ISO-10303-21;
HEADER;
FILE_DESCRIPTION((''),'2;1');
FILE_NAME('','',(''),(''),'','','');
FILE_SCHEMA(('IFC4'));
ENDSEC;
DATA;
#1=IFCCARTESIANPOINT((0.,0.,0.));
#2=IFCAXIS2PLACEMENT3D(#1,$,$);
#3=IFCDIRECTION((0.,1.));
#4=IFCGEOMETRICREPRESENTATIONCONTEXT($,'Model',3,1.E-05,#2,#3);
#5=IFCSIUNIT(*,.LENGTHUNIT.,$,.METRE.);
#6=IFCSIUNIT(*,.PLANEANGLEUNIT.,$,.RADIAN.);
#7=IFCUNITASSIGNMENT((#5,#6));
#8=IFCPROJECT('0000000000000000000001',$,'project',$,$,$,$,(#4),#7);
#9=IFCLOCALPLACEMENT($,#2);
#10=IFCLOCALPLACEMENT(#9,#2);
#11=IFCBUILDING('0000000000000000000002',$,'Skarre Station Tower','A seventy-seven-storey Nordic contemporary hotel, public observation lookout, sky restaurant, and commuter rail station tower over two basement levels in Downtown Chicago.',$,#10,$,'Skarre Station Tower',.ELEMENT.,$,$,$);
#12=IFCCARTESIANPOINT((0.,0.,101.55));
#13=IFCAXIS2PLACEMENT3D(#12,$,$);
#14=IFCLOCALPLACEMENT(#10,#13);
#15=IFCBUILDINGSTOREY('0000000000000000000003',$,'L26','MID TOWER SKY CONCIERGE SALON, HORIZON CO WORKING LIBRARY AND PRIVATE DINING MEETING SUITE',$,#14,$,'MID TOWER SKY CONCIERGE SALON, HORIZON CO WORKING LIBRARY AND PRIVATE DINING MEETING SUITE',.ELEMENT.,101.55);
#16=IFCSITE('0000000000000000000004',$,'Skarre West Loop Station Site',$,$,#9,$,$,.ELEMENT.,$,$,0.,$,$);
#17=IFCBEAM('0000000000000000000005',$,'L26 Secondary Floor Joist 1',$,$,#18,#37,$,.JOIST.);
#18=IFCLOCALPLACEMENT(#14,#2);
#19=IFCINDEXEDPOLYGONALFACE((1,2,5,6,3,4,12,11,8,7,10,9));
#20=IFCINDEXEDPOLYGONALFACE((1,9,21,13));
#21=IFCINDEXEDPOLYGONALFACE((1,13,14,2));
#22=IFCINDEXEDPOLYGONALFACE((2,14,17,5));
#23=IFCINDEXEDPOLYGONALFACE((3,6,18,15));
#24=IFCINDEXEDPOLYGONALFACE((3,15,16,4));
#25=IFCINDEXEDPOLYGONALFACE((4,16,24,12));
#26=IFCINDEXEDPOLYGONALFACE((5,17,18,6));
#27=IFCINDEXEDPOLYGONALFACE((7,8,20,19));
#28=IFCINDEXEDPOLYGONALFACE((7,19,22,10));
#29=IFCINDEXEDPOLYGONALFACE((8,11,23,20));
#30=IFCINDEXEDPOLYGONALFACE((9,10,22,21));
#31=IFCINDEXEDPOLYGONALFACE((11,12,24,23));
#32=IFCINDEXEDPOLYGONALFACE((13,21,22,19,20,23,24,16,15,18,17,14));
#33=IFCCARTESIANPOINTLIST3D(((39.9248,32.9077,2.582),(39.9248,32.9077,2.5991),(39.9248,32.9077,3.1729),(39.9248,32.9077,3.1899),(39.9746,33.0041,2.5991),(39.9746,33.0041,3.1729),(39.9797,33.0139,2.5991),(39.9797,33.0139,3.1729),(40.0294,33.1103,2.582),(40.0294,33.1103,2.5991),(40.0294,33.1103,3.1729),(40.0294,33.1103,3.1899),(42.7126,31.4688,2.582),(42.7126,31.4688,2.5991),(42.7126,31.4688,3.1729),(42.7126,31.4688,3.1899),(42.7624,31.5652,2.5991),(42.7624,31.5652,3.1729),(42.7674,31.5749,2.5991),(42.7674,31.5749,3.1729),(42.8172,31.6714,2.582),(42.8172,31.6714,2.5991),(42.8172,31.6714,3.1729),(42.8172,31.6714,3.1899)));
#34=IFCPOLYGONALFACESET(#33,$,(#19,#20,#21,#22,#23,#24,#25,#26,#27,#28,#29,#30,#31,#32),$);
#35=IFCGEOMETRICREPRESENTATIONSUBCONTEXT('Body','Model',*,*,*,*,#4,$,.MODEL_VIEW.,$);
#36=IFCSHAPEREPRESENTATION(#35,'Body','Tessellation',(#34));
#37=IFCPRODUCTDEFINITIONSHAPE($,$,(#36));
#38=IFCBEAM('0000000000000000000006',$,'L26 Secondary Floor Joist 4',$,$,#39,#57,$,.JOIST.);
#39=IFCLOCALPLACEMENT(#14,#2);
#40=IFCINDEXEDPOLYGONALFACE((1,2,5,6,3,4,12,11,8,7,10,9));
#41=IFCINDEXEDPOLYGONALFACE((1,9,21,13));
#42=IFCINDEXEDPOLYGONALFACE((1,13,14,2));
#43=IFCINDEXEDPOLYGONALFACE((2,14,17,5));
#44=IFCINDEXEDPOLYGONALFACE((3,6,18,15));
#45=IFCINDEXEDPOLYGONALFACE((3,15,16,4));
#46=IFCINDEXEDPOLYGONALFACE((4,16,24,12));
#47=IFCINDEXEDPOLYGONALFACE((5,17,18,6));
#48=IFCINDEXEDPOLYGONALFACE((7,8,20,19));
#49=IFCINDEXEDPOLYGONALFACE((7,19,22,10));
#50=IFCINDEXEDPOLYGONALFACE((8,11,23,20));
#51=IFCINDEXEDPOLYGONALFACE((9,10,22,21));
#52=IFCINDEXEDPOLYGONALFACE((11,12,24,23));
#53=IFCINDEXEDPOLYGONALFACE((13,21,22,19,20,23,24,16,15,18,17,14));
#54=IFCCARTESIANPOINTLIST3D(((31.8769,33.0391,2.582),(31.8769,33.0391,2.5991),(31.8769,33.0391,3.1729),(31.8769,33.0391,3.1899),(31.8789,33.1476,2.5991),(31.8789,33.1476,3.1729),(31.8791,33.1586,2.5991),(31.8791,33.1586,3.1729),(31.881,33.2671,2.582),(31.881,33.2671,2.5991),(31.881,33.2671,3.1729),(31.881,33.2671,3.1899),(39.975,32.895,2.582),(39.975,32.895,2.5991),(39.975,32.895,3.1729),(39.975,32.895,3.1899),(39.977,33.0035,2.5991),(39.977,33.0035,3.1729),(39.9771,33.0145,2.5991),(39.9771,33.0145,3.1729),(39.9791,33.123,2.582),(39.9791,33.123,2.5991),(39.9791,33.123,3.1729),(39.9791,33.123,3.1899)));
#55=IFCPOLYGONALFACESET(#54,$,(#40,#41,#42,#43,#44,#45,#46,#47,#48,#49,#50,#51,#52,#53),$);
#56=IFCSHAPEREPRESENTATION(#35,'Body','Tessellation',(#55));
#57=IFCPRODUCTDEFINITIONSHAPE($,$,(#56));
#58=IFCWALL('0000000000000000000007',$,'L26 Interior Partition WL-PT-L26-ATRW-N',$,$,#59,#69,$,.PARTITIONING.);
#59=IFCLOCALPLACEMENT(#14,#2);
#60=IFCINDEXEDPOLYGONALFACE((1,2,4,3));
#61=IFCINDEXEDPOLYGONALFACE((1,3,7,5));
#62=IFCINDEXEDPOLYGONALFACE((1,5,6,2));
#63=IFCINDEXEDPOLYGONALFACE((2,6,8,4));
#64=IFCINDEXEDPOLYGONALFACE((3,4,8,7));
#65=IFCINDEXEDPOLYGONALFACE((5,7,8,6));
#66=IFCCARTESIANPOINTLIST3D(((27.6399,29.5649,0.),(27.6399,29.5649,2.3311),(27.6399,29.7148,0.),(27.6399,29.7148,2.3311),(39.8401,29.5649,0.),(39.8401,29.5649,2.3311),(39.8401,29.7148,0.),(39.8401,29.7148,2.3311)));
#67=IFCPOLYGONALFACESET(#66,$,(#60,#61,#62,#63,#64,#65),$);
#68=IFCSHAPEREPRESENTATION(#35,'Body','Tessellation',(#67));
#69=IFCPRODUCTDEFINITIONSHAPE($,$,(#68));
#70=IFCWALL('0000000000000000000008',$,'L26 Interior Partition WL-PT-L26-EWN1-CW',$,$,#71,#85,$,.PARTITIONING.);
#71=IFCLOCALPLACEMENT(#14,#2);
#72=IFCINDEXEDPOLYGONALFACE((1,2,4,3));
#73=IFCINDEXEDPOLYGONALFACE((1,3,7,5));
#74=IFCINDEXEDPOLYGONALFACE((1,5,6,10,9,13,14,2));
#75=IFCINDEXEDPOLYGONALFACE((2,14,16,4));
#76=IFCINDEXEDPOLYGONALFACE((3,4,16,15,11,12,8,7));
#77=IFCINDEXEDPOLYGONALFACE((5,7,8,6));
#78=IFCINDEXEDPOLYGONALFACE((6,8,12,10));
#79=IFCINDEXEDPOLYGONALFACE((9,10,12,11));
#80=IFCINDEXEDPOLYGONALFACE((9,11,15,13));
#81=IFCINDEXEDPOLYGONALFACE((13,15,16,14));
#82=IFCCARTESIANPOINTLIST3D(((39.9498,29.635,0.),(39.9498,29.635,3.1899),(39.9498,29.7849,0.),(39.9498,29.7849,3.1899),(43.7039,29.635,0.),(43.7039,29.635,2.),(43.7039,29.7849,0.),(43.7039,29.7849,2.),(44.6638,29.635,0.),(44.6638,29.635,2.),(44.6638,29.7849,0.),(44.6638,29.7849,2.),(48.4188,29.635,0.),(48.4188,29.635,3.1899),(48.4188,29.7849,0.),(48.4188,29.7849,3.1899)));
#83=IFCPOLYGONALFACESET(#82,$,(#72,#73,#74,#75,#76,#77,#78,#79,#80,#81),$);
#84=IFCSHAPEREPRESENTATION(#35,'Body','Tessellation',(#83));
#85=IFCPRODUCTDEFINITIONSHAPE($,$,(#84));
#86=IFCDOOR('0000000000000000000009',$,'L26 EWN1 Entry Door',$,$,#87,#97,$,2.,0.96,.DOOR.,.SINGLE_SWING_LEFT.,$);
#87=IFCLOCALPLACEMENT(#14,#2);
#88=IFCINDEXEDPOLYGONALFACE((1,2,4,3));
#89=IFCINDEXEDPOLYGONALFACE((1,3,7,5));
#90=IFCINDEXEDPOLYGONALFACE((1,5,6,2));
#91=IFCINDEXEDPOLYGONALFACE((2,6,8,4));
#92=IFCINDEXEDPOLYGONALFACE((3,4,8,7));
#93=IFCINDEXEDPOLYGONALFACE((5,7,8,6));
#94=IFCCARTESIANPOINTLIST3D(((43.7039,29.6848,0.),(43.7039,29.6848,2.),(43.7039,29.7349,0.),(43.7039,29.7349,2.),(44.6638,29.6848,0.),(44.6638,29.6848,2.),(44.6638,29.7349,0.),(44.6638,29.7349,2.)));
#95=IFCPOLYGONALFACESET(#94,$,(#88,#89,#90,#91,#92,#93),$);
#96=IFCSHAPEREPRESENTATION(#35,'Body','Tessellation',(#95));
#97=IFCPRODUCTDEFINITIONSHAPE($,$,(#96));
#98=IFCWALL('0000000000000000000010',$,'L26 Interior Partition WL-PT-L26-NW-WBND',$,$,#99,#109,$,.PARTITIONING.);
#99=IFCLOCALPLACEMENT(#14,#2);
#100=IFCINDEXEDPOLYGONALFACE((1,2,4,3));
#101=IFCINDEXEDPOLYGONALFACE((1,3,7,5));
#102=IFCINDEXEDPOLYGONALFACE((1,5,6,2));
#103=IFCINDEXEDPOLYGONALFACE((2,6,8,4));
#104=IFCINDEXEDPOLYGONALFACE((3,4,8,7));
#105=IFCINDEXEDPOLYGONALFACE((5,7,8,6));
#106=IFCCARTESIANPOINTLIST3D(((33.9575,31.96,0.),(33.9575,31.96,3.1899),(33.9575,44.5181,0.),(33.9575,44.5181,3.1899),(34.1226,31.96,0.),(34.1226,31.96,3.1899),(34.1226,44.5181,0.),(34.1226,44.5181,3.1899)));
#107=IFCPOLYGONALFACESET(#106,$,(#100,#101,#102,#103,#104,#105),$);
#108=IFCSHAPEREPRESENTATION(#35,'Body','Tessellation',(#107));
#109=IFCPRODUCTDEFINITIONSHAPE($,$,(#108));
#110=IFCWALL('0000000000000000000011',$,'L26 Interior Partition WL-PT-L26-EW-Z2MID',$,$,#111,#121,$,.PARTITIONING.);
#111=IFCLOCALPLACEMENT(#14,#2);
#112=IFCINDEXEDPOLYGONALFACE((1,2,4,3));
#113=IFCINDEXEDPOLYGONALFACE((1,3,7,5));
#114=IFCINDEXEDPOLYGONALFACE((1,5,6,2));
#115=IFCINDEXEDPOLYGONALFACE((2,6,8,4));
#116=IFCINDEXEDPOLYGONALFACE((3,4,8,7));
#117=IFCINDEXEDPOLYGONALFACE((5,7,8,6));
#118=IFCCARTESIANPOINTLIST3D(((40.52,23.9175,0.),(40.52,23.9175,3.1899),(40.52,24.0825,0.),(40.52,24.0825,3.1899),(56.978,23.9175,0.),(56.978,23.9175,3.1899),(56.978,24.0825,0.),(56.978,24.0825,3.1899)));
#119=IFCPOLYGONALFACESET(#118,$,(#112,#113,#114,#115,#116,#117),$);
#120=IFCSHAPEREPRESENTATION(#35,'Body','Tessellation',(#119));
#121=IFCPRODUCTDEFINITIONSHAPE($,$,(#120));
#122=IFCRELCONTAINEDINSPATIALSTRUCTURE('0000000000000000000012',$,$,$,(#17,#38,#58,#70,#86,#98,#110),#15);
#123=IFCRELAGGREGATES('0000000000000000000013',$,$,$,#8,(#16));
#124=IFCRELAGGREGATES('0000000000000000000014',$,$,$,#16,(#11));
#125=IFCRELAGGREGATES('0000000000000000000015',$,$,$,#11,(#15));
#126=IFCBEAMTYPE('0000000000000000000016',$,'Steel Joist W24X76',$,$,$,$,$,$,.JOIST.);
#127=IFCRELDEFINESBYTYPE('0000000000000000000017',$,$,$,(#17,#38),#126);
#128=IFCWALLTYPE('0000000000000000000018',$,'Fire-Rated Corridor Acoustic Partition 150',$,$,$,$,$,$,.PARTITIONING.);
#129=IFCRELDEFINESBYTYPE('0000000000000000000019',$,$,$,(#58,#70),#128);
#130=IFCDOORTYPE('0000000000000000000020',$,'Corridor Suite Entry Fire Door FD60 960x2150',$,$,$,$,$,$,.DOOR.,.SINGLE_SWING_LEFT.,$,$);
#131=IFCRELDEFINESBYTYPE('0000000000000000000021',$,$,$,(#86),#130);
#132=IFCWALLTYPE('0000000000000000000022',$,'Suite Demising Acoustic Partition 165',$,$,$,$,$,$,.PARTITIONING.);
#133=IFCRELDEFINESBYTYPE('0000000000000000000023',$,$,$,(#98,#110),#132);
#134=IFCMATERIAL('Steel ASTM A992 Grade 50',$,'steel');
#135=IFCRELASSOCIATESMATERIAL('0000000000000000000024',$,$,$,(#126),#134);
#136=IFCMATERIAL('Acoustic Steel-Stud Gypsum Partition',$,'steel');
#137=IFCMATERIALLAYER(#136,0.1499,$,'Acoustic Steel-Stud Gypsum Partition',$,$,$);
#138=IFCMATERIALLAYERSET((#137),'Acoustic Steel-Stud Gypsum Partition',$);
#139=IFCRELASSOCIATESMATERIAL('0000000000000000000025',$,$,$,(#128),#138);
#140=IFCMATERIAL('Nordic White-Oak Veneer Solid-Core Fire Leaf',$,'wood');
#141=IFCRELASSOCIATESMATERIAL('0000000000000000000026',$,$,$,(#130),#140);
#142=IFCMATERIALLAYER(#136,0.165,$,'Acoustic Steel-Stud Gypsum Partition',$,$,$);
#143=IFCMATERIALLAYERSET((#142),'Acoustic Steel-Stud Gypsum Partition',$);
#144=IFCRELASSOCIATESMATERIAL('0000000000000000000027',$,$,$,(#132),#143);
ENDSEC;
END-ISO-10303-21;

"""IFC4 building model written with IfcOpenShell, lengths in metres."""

from ifc_helpers import new_model, si_unit, direction, frame, frame_2d, origin, origin_2d, place, context, subcontext, project, spatial, rectangle, i_section, extrude, material, layer, layer_set, material_profile, profile_set, type_object, element, fill, save


model = new_model("IFC4")

# Units and contexts
model_context = context("Model", 3, precision=1e-05, world=origin(), true_north=direction((0.0, 1.0)))
body_context = subcontext(model_context, "Body", "Model", "MODEL_VIEW")
ifc_project = project(units=[si_unit("LENGTHUNIT", "METRE"), si_unit("PLANEANGLEUNIT", "RADIAN")], contexts=[model_context])

# Site, building, storey
site_placement = place(None, origin())
site = spatial("IfcSite", under=ifc_project, at=site_placement, Name="Skarre West Loop Station Site", CompositionType="ELEMENT", RefElevation=0.0)
building_placement = place(site_placement, origin())
building = spatial("IfcBuilding", under=site, at=building_placement, Name="Skarre Station Tower", Description="A seventy-seven-storey Nordic contemporary hotel, public observation lookout, sky restaurant, and commuter rail station tower over two basement levels in Downtown Chicago.", LongName="Skarre Station Tower", CompositionType="ELEMENT")
storey_placement = place(building_placement, frame((0.0, 0.0, 101.55)))
storey = spatial("IfcBuildingStorey", under=building, at=storey_placement, Name="L26", Description="MID TOWER SKY CONCIERGE SALON, HORIZON CO WORKING LIBRARY AND PRIVATE DINING MEETING SUITE", LongName="MID TOWER SKY CONCIERGE SALON, HORIZON CO WORKING LIBRARY AND PRIVATE DINING MEETING SUITE", CompositionType="ELEMENT", Elevation=101.55)

# Beams
ifc_material_1 = material(Name="Steel ASTM A992 Grade 50", Category="steel")
ifc_material_profile_1 = material_profile(ifc_material_1, i_section(OverallWidth=0.228, OverallDepth=0.6079, WebThickness=0.011, FlangeThickness=0.0171, at=origin_2d()), Name="Steel ASTM A992 Grade 50")
ifc_profile_set_1 = profile_set([ifc_material_profile_1], Name="Steel ASTM A992 Grade 50")
beam_type_1 = type_object("IfcBeamType", Name="Steel Joist W24X76", PredefinedType="JOIST", material=ifc_profile_set_1)
beam_1_placement = place(storey_placement, frame((42.7649, 31.5701, 2.886), z_axis=(-0.88861, 0.458663, 0.0), x_axis=(-0.458663, -0.88861, 0.0)))
element("IfcBeam", 1, at=beam_1_placement, inside=storey, type_object=beam_type_1, Name="L26 Secondary Floor Joist 1", PredefinedType="JOIST", context=body_context, shape_type="SweptSolid", body=[
    extrude(i_section(OverallWidth=0.228, OverallDepth=0.6079, WebThickness=0.011, FlangeThickness=0.0171, at=origin_2d()), origin(), (0.0, 0.0, 1.0), 3.1372),
])
beam_2_placement = place(storey_placement, frame((39.9771, 33.009, 2.886), z_axis=(-0.999842, 0.017784, 0.0), x_axis=(-0.017784, -0.999842, 0.0)))
element("IfcBeam", 2, at=beam_2_placement, inside=storey, type_object=beam_type_1, Name="L26 Secondary Floor Joist 4", PredefinedType="JOIST", context=body_context, shape_type="SweptSolid", body=[
    extrude(i_section(OverallWidth=0.228, OverallDepth=0.6079, WebThickness=0.011, FlangeThickness=0.0171, at=origin_2d()), origin(), (0.0, 0.0, 1.0), 8.0994),
])

# Wall
ifc_material_2 = material(Name="Acoustic Steel-Stud Gypsum Partition", Category="steel")
ifc_layer_1 = layer(ifc_material_2, 0.1499, Name="Acoustic Steel-Stud Gypsum Partition")
ifc_layer_set_1 = layer_set([ifc_layer_1], Name="Acoustic Steel-Stud Gypsum Partition")
wall_type_1 = type_object("IfcWallType", Name="Fire-Rated Corridor Acoustic Partition 150", PredefinedType="PARTITIONING", material=ifc_layer_set_1)
wall_1_placement = place(storey_placement, frame((39.8401, 29.6399, 0.0), z_axis=(0.0, 0.0, 1.0), x_axis=(-1.0, 0.0, 0.0)))
element("IfcWall", 3, at=wall_1_placement, inside=storey, type_object=wall_type_1, Name="L26 Interior Partition WL-PT-L26-ATRW-N", PredefinedType="PARTITIONING", context=body_context, shape_type="SweptSolid", body=[
    extrude(rectangle(XDim=12.2002, YDim=0.1499, at=frame_2d((6.1001, 0.0))), origin(), (0.0, 0.0, 1.0), 2.3311),
])

# Wall, opening, door
wall_2_placement = place(storey_placement, frame((39.95, 29.71, 0.0), z_axis=(0.0, 0.0, 1.0), x_axis=(1.0, 0.0, 0.0)))
wall_2 = element("IfcWall", 4, at=wall_2_placement, inside=storey, type_object=wall_type_1, Name="L26 Interior Partition WL-PT-L26-EWN1-CW", PredefinedType="PARTITIONING", context=body_context, shape_type="SweptSolid", body=[
    extrude(rectangle(XDim=8.469, YDim=0.1499, at=frame_2d((4.2344, 0.0))), origin(), (0.0, 0.0, 1.0), 3.1899),
])
opening_placement = place(wall_2_placement, frame((3.7539, 0.0, 0.0)))
opening = element("IfcOpeningElement", 5, at=opening_placement, cuts=wall_2, PredefinedType="OPENING", context=body_context, shape_type="SweptSolid", body=[
    extrude(rectangle(XDim=0.96, YDim=2.0, at=frame_2d((0.48, 1.0))), frame((0.0, 0.085, 0.0), z_axis=(0.0, -1.0, 0.0), x_axis=(1.0, 0.0, 0.0)), (0.0, 0.0, 1.0), 0.1699),
])
ifc_material_3 = material(Name="Nordic White-Oak Veneer Solid-Core Fire Leaf", Category="wood")
door_type = type_object("IfcDoorType", Name="Corridor Suite Entry Fire Door FD60 960x2150", OperationType="SINGLE_SWING_LEFT", PredefinedType="DOOR", material=ifc_material_3)
door_placement = place(opening_placement, origin())
door = element("IfcDoor", 6, at=door_placement, inside=storey, type_object=door_type, Name="L26 EWN1 Entry Door", OperationType="SINGLE_SWING_LEFT", OverallHeight=2.0, OverallWidth=0.96, PredefinedType="DOOR", context=body_context, shape_type="SweptSolid", body=[
    extrude(rectangle(XDim=0.96, YDim=2.0, at=frame_2d((0.48, 1.0))), frame((0.0, 0.0249, 0.0), z_axis=(0.0, -1.0, 0.0), x_axis=(1.0, 0.0, 0.0)), (0.0, 0.0, 1.0), 0.05),
])
fill(opening, door)

# Walls
ifc_layer_2 = layer(ifc_material_2, 0.165, Name="Acoustic Steel-Stud Gypsum Partition")
ifc_layer_set_2 = layer_set([ifc_layer_2], Name="Acoustic Steel-Stud Gypsum Partition")
wall_type_2 = type_object("IfcWallType", Name="Suite Demising Acoustic Partition 165", PredefinedType="PARTITIONING", material=ifc_layer_set_2)
wall_3_placement = place(storey_placement, frame((34.04, 31.96, 0.0), z_axis=(0.0, 0.0, 1.0), x_axis=(0.0, 1.0, 0.0)))
element("IfcWall", 7, at=wall_3_placement, inside=storey, type_object=wall_type_2, Name="L26 Interior Partition WL-PT-L26-NW-WBND", PredefinedType="PARTITIONING", context=body_context, shape_type="SweptSolid", body=[
    extrude(rectangle(XDim=12.5581, YDim=0.165, at=frame_2d((6.2791, 0.0))), origin(), (0.0, 0.0, 1.0), 3.1899),
])
wall_4_placement = place(storey_placement, frame((40.52, 24.0, 0.0), z_axis=(0.0, 0.0, 1.0), x_axis=(1.0, 0.0, 0.0)))
element("IfcWall", 8, at=wall_4_placement, inside=storey, type_object=wall_type_2, Name="L26 Interior Partition WL-PT-L26-EW-Z2MID", PredefinedType="PARTITIONING", context=body_context, shape_type="SweptSolid", body=[
    extrude(rectangle(XDim=16.458, YDim=0.165, at=frame_2d((8.229, 0.0))), origin(), (0.0, 0.0, 1.0), 3.1899),
])

save(model, "model.ifc")
